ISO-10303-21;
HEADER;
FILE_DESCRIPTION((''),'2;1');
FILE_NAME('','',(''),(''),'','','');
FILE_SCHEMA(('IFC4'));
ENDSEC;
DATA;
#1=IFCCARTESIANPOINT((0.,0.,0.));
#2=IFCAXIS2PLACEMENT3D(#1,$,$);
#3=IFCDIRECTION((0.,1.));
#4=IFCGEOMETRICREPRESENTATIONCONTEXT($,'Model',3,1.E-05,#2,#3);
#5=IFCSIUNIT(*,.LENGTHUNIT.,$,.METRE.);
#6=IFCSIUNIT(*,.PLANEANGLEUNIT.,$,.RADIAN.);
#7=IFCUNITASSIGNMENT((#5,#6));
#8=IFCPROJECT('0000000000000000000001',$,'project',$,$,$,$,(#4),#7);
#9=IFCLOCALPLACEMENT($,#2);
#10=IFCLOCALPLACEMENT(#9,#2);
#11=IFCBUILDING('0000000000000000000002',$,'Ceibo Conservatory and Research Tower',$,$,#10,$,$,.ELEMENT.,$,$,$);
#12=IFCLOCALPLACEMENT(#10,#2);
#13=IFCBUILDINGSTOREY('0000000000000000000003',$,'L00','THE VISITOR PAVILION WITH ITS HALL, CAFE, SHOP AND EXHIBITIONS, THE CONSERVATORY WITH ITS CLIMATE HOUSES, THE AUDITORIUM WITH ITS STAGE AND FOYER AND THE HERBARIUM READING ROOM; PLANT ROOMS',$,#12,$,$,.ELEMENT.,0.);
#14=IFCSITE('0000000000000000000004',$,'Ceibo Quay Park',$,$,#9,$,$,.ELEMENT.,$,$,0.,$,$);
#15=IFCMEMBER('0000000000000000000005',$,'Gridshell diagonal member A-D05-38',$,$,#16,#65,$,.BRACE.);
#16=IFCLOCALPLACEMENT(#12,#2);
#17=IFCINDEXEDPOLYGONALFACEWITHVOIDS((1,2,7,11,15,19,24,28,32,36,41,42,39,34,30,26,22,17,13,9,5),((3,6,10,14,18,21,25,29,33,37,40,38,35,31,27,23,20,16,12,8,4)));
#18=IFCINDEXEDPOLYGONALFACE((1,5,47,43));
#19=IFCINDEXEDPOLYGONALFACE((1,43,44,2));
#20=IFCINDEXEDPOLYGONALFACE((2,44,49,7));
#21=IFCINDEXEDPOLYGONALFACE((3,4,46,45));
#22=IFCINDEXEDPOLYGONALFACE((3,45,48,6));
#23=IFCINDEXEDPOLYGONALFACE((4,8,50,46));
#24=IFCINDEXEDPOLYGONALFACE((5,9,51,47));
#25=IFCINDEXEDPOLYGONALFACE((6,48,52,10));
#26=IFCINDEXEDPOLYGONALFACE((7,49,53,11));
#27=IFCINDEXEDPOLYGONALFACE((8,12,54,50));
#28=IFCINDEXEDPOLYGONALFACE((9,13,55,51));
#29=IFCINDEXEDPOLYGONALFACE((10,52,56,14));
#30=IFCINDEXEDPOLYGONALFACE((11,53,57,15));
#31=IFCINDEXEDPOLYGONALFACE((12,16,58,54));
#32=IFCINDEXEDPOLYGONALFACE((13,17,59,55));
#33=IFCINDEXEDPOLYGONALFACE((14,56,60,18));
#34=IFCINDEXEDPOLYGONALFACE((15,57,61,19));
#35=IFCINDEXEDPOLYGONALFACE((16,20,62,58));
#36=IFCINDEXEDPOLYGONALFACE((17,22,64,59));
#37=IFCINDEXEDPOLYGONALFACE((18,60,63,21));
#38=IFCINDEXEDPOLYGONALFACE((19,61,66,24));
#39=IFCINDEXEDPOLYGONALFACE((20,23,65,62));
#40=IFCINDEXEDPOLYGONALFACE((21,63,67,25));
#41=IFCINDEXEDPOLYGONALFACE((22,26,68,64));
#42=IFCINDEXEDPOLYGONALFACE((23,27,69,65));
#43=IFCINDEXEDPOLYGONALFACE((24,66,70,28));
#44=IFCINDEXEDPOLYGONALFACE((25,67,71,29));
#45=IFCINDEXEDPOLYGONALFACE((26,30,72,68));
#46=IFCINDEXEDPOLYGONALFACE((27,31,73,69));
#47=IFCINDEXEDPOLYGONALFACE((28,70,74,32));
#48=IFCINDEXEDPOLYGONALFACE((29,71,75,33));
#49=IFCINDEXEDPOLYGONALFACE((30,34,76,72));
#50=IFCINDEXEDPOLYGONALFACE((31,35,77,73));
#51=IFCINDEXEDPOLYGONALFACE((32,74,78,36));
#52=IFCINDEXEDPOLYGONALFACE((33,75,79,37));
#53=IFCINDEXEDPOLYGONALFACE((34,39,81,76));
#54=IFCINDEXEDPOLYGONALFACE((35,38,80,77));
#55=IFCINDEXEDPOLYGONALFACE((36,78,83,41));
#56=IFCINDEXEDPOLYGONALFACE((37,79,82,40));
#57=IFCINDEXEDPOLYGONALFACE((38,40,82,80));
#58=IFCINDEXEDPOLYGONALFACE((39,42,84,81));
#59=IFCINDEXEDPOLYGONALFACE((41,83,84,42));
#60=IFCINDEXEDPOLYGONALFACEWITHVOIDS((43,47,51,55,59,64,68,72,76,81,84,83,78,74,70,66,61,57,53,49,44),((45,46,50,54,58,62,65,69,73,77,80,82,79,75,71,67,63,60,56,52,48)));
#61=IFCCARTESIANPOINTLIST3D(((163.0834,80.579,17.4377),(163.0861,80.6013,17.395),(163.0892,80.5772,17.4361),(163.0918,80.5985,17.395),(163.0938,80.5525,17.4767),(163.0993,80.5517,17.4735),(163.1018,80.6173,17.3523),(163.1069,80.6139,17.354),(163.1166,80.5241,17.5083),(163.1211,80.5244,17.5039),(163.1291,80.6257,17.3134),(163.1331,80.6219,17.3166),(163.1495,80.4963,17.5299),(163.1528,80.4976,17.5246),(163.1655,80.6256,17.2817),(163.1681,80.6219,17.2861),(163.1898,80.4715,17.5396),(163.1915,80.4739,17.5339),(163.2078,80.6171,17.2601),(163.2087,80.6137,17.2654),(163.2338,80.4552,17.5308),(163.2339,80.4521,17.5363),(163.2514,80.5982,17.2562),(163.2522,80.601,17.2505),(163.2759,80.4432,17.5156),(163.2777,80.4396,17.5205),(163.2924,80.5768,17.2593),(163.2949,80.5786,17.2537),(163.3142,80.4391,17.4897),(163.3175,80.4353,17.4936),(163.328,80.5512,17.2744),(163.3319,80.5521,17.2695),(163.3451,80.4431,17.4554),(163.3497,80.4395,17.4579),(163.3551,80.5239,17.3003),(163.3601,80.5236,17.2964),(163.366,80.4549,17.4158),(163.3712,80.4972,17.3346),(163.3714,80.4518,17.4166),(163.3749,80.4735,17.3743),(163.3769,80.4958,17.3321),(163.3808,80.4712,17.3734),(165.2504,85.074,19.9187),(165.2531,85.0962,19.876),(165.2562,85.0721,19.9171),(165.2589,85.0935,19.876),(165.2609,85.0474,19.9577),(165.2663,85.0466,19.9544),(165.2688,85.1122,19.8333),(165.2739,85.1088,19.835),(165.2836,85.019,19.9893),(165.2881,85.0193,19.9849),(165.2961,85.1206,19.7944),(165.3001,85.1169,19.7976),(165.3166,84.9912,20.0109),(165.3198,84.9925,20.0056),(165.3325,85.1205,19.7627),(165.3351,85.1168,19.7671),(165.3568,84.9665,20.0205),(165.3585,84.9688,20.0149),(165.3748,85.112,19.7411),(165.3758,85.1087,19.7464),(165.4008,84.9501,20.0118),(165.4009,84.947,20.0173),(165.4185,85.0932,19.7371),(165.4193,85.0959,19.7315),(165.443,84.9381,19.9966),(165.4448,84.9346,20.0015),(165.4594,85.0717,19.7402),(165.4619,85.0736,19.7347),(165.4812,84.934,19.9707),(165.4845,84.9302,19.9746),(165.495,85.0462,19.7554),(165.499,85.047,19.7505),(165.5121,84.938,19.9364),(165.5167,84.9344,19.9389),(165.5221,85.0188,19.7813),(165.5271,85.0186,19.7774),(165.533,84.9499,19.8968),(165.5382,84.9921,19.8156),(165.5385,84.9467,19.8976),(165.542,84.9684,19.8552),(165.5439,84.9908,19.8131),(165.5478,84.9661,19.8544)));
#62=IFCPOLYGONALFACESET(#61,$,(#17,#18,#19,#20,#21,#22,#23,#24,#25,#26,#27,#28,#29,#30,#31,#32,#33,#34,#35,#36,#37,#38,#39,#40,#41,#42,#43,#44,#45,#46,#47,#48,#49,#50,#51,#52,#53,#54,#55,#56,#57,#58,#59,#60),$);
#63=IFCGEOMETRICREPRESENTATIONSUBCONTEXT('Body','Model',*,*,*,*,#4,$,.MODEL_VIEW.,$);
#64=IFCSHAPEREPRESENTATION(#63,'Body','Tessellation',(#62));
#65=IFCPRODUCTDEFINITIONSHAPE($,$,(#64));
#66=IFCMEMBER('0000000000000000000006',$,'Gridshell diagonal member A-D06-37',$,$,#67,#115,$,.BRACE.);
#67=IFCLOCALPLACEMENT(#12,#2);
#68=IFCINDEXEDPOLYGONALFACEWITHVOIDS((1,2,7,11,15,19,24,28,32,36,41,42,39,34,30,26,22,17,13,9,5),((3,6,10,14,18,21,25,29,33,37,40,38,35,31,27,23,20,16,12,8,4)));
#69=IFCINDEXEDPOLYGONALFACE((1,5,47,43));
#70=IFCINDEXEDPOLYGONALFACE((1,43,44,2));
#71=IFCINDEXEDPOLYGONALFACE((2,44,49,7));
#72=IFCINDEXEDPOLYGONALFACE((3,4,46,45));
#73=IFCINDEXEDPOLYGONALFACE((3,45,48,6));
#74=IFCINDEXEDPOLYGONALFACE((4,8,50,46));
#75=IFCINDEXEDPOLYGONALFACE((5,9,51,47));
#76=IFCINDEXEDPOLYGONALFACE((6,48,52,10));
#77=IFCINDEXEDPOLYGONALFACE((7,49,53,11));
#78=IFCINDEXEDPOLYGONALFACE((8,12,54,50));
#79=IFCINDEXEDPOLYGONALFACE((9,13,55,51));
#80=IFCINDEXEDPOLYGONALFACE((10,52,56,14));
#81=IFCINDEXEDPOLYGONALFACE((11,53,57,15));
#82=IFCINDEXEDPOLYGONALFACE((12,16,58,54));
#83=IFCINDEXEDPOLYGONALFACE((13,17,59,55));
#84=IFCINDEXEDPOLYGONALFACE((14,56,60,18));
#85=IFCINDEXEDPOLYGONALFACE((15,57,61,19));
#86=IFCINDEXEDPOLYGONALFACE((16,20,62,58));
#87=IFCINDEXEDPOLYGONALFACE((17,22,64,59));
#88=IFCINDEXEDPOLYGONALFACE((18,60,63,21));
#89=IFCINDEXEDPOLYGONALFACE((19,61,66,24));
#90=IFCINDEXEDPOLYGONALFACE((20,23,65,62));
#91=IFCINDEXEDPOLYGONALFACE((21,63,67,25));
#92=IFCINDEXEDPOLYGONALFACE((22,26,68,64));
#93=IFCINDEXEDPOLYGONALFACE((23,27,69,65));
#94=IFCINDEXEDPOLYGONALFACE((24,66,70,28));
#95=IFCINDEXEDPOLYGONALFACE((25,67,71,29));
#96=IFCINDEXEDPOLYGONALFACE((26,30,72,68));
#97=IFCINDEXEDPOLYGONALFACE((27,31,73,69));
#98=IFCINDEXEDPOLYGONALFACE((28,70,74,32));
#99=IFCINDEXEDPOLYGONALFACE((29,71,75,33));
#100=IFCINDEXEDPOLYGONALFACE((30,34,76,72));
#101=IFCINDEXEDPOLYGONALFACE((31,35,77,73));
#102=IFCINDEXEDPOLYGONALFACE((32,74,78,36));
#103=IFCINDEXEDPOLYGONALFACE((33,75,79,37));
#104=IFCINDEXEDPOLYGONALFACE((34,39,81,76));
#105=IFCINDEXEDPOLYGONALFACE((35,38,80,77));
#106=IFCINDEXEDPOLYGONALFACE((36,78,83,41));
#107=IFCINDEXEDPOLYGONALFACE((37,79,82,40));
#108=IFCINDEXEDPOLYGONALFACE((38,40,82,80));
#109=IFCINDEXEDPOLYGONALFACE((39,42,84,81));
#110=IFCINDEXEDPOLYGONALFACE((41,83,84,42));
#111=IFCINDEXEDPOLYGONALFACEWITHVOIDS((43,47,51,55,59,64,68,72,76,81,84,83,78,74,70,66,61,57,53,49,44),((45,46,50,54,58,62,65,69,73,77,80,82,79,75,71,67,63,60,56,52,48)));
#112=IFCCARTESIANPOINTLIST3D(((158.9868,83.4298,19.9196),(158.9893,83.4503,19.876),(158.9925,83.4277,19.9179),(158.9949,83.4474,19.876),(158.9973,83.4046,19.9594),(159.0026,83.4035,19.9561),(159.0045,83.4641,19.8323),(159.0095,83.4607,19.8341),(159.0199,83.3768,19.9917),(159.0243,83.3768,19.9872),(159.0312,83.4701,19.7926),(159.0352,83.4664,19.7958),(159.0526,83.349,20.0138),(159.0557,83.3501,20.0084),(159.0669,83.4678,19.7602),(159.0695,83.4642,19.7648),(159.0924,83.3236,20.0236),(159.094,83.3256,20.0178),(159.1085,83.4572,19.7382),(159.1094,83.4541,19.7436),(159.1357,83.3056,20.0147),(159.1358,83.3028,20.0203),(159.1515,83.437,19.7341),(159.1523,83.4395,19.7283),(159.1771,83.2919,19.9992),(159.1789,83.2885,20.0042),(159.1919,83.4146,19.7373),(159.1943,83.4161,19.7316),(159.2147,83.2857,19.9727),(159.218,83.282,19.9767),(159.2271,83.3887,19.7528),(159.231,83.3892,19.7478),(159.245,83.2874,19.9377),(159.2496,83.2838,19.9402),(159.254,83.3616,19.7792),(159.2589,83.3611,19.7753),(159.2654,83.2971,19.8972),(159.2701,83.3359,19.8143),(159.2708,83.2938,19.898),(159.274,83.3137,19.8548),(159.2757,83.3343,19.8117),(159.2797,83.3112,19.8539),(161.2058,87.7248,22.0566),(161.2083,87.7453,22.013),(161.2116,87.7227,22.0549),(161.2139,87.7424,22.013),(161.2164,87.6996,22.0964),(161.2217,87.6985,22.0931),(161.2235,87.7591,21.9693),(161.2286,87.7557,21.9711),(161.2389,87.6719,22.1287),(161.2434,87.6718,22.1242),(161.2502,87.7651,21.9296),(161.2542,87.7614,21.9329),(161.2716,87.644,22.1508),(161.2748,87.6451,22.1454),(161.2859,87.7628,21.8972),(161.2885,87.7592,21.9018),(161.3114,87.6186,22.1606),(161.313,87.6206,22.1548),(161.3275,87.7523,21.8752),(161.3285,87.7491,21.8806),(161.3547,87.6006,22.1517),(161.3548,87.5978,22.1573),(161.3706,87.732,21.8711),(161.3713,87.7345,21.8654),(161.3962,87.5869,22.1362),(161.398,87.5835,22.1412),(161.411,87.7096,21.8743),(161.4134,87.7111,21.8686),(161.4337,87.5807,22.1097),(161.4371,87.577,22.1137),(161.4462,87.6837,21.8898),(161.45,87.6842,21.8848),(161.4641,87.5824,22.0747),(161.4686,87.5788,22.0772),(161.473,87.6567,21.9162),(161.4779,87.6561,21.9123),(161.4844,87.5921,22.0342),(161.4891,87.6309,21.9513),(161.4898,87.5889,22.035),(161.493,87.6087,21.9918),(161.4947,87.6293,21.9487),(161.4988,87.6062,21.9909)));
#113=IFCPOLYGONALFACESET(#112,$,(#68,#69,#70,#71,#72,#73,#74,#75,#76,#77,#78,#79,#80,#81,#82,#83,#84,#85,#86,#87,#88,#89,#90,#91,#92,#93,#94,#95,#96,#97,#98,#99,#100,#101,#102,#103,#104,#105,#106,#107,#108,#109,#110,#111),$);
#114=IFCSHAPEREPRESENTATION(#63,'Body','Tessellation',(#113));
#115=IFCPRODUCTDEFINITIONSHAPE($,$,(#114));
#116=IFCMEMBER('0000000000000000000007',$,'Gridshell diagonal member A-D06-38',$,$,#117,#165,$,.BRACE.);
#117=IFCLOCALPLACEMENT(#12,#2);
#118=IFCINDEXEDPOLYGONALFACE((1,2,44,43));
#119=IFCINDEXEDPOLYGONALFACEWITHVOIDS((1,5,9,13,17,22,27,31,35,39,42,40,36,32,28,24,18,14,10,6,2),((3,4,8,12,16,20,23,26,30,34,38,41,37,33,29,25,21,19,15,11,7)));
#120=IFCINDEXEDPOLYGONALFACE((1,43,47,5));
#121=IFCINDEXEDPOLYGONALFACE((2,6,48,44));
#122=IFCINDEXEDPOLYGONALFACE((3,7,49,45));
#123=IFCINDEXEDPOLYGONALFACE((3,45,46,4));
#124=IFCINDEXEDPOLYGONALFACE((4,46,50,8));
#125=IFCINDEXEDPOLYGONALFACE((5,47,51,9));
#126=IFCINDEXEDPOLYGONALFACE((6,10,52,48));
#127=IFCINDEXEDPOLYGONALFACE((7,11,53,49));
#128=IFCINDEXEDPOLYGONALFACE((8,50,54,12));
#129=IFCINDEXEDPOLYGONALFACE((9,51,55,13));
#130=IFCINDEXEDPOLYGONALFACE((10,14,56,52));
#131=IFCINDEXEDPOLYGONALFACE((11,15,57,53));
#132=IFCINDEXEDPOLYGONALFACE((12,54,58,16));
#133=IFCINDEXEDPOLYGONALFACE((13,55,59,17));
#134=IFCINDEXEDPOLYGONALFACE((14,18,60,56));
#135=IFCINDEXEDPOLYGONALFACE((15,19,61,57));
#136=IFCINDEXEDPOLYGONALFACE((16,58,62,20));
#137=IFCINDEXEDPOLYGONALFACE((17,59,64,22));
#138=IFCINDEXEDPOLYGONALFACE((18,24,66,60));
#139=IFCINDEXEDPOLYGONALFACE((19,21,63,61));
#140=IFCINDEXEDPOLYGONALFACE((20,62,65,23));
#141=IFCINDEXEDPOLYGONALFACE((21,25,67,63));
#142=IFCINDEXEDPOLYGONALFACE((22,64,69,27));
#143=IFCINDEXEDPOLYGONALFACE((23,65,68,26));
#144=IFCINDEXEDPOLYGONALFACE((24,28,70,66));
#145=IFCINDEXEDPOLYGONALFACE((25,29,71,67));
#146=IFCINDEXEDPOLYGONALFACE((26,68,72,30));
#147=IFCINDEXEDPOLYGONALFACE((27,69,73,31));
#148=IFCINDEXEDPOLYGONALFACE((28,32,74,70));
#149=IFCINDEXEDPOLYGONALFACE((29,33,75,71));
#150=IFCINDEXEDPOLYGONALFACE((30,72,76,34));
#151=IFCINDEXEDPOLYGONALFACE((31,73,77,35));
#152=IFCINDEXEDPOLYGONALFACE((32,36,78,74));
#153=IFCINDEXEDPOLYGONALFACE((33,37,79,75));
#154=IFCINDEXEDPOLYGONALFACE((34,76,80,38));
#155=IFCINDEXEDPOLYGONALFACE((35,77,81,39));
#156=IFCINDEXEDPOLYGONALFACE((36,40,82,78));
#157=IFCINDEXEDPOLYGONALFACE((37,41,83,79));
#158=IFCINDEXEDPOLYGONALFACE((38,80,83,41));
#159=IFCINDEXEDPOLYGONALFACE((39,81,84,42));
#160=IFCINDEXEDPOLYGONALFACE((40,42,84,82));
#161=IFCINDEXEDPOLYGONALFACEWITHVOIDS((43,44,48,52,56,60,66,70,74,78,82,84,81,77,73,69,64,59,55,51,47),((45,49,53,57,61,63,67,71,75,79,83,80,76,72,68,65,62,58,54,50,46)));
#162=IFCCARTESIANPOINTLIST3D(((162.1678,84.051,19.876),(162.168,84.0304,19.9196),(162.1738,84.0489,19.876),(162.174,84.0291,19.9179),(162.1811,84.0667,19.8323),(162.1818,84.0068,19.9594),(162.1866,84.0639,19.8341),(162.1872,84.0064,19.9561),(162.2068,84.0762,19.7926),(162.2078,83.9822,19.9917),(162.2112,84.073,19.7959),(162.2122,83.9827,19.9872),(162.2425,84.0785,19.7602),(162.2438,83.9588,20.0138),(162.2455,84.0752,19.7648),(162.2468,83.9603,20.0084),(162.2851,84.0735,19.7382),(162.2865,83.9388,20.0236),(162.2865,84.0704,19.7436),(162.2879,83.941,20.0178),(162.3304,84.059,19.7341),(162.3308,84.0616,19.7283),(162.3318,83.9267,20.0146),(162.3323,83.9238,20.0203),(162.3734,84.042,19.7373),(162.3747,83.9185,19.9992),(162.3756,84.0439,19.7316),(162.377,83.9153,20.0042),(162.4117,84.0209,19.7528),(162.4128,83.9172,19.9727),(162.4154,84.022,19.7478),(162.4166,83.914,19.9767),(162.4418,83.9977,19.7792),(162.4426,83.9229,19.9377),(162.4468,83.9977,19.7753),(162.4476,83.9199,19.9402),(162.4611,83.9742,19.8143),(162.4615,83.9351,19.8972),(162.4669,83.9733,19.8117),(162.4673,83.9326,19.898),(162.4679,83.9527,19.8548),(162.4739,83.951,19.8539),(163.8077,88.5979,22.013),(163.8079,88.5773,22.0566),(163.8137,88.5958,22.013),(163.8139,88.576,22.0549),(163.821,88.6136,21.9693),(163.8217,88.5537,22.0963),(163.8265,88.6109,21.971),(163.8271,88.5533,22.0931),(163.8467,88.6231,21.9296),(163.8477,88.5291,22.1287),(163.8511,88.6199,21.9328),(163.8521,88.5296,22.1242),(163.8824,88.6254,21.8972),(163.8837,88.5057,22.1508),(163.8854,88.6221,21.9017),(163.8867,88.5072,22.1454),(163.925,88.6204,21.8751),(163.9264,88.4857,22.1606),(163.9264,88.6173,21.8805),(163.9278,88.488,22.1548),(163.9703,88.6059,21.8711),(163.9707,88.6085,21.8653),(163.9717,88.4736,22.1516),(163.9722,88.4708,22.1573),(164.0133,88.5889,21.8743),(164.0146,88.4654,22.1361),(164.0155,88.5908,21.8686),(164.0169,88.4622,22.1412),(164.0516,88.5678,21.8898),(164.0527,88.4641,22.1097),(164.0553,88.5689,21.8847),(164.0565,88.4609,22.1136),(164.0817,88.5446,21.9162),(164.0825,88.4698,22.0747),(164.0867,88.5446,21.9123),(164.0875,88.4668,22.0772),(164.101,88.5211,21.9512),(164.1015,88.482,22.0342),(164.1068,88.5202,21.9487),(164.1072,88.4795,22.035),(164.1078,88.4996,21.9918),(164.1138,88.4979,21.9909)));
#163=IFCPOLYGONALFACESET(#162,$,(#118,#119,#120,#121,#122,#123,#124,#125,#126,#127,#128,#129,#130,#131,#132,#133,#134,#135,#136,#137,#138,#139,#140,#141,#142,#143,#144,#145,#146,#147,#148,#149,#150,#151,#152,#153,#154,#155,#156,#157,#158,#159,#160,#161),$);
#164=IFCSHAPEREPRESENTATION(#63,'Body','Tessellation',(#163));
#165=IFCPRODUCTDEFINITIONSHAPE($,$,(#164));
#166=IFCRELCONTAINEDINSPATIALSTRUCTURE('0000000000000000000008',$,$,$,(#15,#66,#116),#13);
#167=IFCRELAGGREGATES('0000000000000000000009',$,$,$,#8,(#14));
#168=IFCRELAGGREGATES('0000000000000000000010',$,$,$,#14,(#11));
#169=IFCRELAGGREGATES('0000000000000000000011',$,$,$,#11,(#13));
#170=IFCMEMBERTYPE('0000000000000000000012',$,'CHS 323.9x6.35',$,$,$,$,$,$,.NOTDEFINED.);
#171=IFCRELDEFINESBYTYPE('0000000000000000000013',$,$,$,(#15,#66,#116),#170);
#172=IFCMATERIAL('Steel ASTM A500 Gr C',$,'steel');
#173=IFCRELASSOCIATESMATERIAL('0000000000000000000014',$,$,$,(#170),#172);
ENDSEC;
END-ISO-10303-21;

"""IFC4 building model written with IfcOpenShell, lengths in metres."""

from ifc_helpers import new_model, si_unit, direction, frame, origin, origin_2d, place, context, subcontext, project, spatial, hollow_circle, extrude, material, material_profile, profile_set, type_object, element, save


model = new_model("IFC4")

# Units and contexts
model_context = context("Model", 3, precision=1e-05, world=origin(), true_north=direction((0.0, 1.0)))
body_context = subcontext(model_context, "Body", "Model", "MODEL_VIEW")
ifc_project = project(units=[si_unit("LENGTHUNIT", "METRE"), si_unit("PLANEANGLEUNIT", "RADIAN")], contexts=[model_context])

# Site, building, storey
site_placement = place(None, origin())
site = spatial("IfcSite", under=ifc_project, at=site_placement, Name="Ceibo Quay Park", CompositionType="ELEMENT", RefElevation=0.0)
building_placement = place(site_placement, origin())
building = spatial("IfcBuilding", under=site, at=building_placement, Name="Ceibo Conservatory and Research Tower", CompositionType="ELEMENT")
storey_placement = place(building_placement, origin())
storey = spatial("IfcBuildingStorey", under=building, at=storey_placement, Name="L00", Description="THE VISITOR PAVILION WITH ITS HALL, CAFE, SHOP AND EXHIBITIONS, THE CONSERVATORY WITH ITS CLIMATE HOUSES, THE AUDITORIUM WITH ITS STAGE AND FOYER AND THE HERBARIUM READING ROOM; PLANT ROOMS", CompositionType="ELEMENT", Elevation=0.0)

# Members
ifc_material_1 = material(Name="Steel ASTM A500 Gr C", Category="steel")
ifc_material_profile_1 = material_profile(ifc_material_1, hollow_circle(Radius=0.1619, WallThickness=0.0063, at=origin_2d()), Name="CHS 323.9x6.35")
ifc_profile_set_1 = profile_set([ifc_material_profile_1], Name="Steel ASTM A500 Gr C")
member_type_1 = type_object("IfcMemberType", Name="CHS 323.9x6.35", PredefinedType="NOTDEFINED", material=ifc_profile_set_1)
member_1_placement = place(storey_placement, frame((163.2319, 80.531, 17.395), z_axis=(0.388859, 0.806589, 0.445199), x_axis=(-0.900783, 0.43427, 0.0)))
element("IfcMember", 1, at=member_1_placement, inside=storey, type_object=member_type_1, Name="Gridshell diagonal member A-D05-38", PredefinedType="BRACE", context=body_context, shape_type="SweptSolid", body=[
    extrude(hollow_circle(Radius=0.1619, WallThickness=0.0063, at=origin_2d()), origin(), (0.0, 0.0, 1.0), 5.5728),
])
member_2_placement = place(storey_placement, frame((159.1331, 83.376, 19.876), z_axis=(0.419824, 0.81258, 0.404304), x_axis=(-0.88843, 0.459012, 0.0)))
element("IfcMember", 2, at=member_2_placement, inside=storey, type_object=member_type_1, Name="Gridshell diagonal member A-D06-37", PredefinedType="BRACE", context=body_context, shape_type="SweptSolid", body=[
    extrude(hollow_circle(Radius=0.1619, WallThickness=0.0063, at=origin_2d()), origin(), (0.0, 0.0, 1.0), 5.2856),
])
member_3_placement = place(storey_placement, frame((162.3201, 83.9961, 19.876), z_axis=(0.310299, 0.860356, 0.404354), x_axis=(-0.940688, 0.339272, 0.0)))
element("IfcMember", 3, at=member_3_placement, inside=storey, type_object=member_type_1, Name="Gridshell diagonal member A-D06-38", PredefinedType="BRACE", context=body_context, shape_type="SweptSolid", body=[
    extrude(hollow_circle(Radius=0.1619, WallThickness=0.0063, at=origin_2d()), origin(), (0.0, 0.0, 1.0), 5.2849),
])

save(model, "model.ifc")
